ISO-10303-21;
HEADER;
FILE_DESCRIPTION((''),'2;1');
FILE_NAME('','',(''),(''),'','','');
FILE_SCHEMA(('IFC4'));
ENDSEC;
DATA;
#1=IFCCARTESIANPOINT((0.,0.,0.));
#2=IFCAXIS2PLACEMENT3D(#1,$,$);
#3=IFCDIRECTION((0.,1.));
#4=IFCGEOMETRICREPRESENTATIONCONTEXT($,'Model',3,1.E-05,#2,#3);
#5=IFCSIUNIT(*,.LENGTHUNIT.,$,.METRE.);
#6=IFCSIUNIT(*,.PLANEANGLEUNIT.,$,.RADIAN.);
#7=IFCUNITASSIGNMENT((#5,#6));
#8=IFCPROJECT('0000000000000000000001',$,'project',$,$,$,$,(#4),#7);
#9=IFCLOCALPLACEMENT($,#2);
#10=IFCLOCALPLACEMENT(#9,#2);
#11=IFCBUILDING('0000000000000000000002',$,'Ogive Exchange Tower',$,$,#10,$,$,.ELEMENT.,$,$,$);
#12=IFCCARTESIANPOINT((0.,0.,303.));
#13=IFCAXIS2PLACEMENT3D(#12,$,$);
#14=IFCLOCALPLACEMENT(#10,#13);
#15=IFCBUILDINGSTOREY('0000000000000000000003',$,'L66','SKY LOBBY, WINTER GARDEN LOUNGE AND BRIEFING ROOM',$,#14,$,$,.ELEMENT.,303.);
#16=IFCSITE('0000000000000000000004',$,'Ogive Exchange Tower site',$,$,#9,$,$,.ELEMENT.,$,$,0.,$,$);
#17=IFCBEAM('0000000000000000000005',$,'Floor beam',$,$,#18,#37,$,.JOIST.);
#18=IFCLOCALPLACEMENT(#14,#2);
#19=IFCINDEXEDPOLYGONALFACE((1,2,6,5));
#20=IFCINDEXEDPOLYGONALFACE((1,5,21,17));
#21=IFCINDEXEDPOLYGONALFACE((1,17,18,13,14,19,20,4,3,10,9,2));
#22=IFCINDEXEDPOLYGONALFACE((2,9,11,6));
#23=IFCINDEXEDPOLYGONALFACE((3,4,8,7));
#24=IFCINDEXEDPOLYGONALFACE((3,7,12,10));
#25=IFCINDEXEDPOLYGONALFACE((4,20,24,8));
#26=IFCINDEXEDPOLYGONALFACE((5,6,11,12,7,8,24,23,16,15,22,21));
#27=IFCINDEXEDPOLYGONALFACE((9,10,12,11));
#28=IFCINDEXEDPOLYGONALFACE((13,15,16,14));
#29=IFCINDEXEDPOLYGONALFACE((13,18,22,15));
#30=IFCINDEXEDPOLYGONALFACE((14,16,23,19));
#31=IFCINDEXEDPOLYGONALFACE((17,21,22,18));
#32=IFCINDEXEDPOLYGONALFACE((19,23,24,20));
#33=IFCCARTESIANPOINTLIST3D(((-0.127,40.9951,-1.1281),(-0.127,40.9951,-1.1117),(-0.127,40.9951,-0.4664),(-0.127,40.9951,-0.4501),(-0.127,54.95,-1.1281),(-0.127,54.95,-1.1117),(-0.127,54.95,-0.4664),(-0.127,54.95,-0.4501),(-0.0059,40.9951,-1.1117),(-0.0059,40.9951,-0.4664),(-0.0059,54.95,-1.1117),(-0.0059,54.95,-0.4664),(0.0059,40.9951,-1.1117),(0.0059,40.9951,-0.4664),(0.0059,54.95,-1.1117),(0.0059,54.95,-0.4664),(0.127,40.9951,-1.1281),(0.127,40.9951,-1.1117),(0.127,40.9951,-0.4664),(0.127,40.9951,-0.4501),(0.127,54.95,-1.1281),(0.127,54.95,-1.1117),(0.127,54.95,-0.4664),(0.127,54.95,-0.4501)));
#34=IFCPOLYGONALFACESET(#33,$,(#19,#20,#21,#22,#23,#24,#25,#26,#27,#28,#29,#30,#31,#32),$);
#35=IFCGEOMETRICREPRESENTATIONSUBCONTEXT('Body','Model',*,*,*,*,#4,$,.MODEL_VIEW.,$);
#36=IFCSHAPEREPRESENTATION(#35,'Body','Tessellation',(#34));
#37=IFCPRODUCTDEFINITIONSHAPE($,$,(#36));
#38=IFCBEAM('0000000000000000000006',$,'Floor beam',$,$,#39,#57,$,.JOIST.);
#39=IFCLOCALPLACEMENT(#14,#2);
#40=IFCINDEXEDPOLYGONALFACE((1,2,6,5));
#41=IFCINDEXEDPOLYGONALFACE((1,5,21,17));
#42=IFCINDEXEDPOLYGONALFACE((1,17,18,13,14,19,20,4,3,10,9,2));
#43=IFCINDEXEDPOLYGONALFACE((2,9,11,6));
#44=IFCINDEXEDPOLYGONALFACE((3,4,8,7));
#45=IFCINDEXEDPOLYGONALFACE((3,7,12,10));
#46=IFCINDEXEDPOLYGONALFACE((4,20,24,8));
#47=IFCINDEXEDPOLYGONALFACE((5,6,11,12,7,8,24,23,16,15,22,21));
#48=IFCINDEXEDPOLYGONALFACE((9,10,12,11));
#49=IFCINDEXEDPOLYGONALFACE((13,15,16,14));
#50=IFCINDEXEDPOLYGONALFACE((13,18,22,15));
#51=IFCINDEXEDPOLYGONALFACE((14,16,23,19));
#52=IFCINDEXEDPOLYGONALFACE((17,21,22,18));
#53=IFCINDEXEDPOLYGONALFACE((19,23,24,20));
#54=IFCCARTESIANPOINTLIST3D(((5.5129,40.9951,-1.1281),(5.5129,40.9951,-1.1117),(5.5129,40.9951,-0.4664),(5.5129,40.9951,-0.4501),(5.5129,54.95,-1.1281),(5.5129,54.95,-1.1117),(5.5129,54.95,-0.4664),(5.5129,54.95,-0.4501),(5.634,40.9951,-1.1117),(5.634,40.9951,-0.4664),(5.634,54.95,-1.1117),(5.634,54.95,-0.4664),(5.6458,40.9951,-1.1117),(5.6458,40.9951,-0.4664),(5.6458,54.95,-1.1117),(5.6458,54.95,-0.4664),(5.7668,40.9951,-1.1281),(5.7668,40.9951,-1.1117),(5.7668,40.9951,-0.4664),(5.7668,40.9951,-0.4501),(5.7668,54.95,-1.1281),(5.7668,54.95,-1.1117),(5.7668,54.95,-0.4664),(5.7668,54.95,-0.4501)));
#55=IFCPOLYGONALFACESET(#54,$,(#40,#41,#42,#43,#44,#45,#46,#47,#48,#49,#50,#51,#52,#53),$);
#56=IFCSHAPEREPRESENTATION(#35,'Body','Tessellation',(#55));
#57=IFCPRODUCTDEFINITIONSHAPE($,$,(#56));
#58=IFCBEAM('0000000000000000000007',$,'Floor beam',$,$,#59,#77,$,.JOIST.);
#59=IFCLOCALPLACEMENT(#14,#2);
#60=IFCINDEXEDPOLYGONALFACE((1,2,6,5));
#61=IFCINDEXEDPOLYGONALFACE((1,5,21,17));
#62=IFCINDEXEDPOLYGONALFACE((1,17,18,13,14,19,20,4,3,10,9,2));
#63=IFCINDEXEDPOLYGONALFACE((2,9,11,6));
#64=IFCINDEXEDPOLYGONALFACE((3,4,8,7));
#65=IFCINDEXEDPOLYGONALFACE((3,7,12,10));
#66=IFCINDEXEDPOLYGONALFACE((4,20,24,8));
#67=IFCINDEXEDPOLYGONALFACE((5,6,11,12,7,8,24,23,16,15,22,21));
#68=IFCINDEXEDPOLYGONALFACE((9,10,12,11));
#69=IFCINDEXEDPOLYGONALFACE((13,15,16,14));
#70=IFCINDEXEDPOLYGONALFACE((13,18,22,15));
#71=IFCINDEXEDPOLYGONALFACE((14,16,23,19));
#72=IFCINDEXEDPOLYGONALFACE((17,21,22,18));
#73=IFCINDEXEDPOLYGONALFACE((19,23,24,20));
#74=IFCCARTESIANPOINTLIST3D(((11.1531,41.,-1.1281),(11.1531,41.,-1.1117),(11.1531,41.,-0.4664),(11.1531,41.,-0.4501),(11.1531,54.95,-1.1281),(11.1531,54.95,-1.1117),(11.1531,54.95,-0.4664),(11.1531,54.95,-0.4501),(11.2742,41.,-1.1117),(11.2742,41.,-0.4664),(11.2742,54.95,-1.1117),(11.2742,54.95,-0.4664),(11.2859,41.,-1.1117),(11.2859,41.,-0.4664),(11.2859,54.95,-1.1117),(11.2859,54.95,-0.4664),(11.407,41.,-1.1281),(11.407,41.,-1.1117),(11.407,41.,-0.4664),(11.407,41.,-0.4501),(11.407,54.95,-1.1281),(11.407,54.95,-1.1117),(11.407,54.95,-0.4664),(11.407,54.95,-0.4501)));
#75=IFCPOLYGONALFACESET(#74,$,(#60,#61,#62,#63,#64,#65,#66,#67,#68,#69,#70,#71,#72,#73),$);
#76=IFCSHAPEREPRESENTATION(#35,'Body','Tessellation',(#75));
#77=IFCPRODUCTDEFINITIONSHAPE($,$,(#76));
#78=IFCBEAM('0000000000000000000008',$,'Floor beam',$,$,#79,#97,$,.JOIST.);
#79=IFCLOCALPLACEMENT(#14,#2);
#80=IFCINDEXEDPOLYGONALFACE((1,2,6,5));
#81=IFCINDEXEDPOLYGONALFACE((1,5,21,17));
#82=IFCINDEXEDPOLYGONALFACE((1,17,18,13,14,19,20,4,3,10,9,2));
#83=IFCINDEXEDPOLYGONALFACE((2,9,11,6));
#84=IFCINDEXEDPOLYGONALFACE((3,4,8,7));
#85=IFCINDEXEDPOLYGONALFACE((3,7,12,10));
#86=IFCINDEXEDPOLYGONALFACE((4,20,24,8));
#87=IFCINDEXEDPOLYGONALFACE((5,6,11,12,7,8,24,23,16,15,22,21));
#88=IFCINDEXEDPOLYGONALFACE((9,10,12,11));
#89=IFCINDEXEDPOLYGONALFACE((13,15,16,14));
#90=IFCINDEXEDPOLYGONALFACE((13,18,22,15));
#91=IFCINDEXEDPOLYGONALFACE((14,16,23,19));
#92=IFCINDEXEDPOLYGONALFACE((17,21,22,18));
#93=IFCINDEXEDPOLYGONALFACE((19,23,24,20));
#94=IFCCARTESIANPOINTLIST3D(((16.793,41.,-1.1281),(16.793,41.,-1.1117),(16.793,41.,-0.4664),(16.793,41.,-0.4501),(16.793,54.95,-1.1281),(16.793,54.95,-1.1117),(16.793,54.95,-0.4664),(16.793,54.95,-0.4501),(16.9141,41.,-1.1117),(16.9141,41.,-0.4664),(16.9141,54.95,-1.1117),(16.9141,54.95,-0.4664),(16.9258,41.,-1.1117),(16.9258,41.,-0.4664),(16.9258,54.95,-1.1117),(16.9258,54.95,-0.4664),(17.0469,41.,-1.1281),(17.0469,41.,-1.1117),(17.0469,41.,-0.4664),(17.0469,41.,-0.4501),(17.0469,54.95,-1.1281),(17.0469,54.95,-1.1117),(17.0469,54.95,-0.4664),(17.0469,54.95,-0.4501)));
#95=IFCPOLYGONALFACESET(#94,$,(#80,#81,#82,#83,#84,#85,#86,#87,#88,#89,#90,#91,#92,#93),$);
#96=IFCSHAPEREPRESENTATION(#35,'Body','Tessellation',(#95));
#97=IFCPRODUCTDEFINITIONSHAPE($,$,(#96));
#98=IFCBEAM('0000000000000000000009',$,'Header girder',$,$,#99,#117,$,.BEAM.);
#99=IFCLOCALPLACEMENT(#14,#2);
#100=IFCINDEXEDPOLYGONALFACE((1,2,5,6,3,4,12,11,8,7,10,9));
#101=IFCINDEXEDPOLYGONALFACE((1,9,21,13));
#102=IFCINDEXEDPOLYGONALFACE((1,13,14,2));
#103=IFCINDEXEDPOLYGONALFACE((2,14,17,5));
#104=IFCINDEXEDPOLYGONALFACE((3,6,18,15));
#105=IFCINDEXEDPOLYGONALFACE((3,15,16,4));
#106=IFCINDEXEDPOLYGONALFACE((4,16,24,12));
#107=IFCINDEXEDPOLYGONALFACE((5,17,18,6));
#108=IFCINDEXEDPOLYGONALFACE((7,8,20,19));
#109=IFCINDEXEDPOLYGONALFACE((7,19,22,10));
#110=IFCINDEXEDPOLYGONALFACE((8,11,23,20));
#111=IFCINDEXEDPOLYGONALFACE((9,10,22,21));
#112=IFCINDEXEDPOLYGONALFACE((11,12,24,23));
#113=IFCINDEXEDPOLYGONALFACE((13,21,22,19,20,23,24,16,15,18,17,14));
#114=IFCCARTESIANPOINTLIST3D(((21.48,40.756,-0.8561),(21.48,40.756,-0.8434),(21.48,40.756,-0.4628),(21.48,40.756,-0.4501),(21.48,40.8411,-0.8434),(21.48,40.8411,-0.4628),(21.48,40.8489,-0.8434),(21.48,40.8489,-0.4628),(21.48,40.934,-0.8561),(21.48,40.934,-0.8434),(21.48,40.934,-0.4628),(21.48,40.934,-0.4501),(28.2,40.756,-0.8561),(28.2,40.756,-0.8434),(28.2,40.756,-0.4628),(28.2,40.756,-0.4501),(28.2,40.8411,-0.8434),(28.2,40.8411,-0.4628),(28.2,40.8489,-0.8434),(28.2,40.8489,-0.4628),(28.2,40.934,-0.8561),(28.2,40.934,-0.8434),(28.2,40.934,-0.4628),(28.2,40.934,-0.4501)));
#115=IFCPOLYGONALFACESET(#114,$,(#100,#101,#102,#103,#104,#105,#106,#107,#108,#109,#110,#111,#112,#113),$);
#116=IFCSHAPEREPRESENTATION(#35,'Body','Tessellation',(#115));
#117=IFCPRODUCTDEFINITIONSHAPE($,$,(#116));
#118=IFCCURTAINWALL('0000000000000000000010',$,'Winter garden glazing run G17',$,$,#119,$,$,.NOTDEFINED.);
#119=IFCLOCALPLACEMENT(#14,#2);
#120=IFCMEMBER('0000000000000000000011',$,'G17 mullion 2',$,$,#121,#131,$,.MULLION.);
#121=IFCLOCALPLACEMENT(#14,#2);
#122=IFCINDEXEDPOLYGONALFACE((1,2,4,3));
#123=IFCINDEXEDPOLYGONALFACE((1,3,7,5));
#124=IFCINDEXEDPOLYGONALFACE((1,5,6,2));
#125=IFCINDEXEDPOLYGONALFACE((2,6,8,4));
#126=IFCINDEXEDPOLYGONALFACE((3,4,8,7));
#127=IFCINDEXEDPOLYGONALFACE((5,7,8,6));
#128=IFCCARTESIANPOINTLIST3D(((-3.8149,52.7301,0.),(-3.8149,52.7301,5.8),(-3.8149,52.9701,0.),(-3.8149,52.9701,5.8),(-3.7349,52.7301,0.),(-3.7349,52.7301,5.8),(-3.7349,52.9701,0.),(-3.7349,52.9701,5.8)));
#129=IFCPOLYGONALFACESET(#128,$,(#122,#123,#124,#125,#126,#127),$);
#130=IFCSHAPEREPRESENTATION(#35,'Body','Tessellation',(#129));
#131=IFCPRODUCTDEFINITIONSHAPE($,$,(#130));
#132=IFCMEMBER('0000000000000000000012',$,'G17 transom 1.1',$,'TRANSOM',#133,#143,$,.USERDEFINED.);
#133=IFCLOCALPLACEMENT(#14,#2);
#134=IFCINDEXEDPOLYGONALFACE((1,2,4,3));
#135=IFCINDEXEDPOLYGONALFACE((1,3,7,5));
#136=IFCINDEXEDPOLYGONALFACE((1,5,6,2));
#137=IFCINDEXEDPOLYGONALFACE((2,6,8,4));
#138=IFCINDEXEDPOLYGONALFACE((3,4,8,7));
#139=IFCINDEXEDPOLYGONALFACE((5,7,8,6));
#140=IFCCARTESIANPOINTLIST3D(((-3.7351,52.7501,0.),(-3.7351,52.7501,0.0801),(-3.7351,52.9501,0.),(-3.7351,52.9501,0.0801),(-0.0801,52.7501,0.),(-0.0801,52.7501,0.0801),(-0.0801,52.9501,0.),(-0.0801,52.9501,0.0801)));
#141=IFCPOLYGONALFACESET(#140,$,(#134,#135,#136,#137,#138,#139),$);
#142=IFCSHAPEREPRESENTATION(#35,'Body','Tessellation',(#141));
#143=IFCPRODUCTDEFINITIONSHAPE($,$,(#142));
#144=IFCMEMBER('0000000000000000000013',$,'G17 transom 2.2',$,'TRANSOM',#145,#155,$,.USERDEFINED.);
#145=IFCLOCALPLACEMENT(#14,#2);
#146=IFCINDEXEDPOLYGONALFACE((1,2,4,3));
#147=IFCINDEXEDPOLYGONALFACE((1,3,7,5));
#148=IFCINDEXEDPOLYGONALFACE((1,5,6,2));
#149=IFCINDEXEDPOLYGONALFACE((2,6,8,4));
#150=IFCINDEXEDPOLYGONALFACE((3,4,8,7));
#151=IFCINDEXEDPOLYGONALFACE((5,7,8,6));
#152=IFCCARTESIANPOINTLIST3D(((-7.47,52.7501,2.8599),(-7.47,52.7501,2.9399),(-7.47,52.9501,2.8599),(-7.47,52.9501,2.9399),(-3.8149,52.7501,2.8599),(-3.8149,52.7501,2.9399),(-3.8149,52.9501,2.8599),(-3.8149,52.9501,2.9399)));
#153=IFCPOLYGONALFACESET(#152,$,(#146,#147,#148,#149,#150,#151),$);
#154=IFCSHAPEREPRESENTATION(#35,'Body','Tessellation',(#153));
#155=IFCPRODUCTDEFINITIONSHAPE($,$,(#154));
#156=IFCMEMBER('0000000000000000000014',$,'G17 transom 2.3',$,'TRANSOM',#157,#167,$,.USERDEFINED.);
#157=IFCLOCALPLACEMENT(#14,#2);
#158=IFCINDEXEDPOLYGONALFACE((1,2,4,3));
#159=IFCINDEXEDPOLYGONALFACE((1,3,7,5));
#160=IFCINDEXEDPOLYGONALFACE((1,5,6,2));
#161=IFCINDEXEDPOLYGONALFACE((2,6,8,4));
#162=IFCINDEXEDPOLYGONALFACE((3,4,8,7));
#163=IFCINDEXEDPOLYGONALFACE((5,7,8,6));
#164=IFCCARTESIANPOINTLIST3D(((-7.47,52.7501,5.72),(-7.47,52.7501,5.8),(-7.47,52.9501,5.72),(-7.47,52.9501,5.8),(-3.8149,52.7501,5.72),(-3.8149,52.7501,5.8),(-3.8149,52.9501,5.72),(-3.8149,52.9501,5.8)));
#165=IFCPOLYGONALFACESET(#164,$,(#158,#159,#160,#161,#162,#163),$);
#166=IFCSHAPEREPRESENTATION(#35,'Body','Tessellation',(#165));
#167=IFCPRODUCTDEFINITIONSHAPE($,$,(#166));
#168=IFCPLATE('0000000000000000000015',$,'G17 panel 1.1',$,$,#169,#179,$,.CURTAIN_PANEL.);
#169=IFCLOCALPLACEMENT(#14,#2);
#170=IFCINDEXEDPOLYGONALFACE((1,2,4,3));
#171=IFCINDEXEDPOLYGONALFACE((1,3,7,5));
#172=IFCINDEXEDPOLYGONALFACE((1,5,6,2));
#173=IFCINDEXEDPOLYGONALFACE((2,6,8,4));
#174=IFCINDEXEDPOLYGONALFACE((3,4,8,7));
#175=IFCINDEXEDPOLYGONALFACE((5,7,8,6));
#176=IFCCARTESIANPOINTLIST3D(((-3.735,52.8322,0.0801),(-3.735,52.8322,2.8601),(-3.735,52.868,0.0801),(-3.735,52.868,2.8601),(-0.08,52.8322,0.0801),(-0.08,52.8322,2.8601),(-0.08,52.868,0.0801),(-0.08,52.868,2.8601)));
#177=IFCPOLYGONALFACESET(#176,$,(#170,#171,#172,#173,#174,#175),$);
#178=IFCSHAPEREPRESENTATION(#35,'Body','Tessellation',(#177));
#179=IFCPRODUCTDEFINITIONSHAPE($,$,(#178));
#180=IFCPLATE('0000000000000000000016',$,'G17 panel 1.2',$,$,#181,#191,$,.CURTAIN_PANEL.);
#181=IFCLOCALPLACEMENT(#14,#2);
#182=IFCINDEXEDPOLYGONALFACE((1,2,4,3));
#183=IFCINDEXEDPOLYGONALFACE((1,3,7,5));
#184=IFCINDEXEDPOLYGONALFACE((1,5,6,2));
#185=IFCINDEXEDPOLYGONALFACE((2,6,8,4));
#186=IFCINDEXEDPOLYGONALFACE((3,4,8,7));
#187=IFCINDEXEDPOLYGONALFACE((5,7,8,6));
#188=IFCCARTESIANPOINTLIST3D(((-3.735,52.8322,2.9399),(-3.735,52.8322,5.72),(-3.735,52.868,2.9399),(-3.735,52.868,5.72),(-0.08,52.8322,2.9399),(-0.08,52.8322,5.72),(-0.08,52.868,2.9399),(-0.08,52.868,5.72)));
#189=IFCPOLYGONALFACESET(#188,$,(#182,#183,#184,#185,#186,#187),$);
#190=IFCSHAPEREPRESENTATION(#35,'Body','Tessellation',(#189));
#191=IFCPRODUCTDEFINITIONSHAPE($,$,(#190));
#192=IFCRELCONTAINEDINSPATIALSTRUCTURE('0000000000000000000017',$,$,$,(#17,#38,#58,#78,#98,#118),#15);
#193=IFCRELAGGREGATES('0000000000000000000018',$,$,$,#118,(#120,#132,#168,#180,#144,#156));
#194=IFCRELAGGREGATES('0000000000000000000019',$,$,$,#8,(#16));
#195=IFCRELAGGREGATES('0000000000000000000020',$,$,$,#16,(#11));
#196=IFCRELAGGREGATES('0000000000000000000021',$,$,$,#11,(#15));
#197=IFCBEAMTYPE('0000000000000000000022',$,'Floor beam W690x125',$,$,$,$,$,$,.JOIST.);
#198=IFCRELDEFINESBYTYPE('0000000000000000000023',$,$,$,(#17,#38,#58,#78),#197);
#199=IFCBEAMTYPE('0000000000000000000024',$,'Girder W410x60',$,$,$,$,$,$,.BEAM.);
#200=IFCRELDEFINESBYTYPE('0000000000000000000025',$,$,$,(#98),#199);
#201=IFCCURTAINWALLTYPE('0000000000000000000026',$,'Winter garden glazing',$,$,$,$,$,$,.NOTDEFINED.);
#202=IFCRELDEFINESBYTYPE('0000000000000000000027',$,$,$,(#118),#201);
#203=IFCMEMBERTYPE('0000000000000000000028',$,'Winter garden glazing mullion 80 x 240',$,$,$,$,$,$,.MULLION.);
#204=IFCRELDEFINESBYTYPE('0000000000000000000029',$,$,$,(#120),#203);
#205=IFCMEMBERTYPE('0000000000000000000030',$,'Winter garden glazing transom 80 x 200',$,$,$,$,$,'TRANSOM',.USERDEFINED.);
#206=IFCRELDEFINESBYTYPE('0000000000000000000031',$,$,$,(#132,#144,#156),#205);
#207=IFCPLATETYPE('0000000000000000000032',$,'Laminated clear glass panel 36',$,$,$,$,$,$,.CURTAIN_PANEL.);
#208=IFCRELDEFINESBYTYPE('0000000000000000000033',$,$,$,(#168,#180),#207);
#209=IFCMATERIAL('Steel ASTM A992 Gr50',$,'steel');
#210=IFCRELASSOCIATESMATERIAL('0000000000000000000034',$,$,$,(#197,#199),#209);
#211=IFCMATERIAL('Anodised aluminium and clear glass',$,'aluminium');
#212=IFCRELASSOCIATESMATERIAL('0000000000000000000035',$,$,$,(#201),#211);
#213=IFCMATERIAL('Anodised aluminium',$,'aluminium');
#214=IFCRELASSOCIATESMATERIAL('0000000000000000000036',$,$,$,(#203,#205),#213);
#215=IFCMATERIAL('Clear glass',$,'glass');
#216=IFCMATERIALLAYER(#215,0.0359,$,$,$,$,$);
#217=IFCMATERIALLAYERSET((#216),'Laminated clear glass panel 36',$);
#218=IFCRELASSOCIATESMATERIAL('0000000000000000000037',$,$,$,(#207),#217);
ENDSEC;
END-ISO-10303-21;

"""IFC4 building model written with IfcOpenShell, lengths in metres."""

from ifc_helpers import new_model, si_unit, direction, frame, origin, origin_2d, place, context, subcontext, project, spatial, rectangle, i_section, extrude, material, layer, layer_set, material_profile, profile_set, type_object, element, aggregate, save


model = new_model("IFC4")

# Units and contexts
model_context = context("Model", 3, precision=1e-05, world=origin(), true_north=direction((0.0, 1.0)))
body_context = subcontext(model_context, "Body", "Model", "MODEL_VIEW")
ifc_project = project(units=[si_unit("LENGTHUNIT", "METRE"), si_unit("PLANEANGLEUNIT", "RADIAN")], contexts=[model_context])

# Site, building, storey
site_placement = place(None, origin())
site = spatial("IfcSite", under=ifc_project, at=site_placement, Name="Ogive Exchange Tower site", CompositionType="ELEMENT", RefElevation=0.0)
building_placement = place(site_placement, origin())
building = spatial("IfcBuilding", under=site, at=building_placement, Name="Ogive Exchange Tower", CompositionType="ELEMENT")
storey_placement = place(building_placement, frame((0.0, 0.0, 303.0)))
storey = spatial("IfcBuildingStorey", under=building, at=storey_placement, Name="L66", Description="SKY LOBBY, WINTER GARDEN LOUNGE AND BRIEFING ROOM", CompositionType="ELEMENT", Elevation=303.0)

# Beams
ifc_material_1 = material(Name="Steel ASTM A992 Gr50", Category="steel")
ifc_material_profile_1 = material_profile(ifc_material_1, i_section(OverallWidth=0.2539, OverallDepth=0.678, WebThickness=0.0117, FlangeThickness=0.0164, at=origin_2d()), Name="W690x125")
ifc_profile_set_1 = profile_set([ifc_material_profile_1], Name="Steel ASTM A992 Gr50")
beam_type_1 = type_object("IfcBeamType", Name="Floor beam W690x125", PredefinedType="JOIST", material=ifc_profile_set_1)
for number, where, z_axis, x_axis, name in (
    (1, (0.0, 40.9951, -0.7891), (0.0, 1.0, 0.0), (-1.0, 0.0, 0.0), "Floor beam"),
    (2, (5.6399, 40.9951, -0.7891), (0.0, 1.0, 0.0), (-1.0, 0.0, 0.0), "Floor beam"),
):
    element("IfcBeam", number, at=place(storey_placement, frame(where, z_axis=z_axis, x_axis=x_axis)), inside=storey, type_object=beam_type_1, Name=name, PredefinedType="JOIST", context=body_context, shape_type="SweptSolid", body=[
        extrude(i_section(OverallWidth=0.2539, OverallDepth=0.678, WebThickness=0.0117, FlangeThickness=0.0164, at=origin_2d()), origin(), (0.0, 0.0, 1.0), 13.9548),
    ])
for number, where, z_axis, x_axis, name in (
    (3, (11.28, 41.0, -0.7891), (0.0, 1.0, 0.0), (-1.0, 0.0, 0.0), "Floor beam"),
    (4, (16.9199, 41.0, -0.7891), (0.0, 1.0, 0.0), (-1.0, 0.0, 0.0), "Floor beam"),
):
    element("IfcBeam", number, at=place(storey_placement, frame(where, z_axis=z_axis, x_axis=x_axis)), inside=storey, type_object=beam_type_1, Name=name, PredefinedType="JOIST", context=body_context, shape_type="SweptSolid", body=[
        extrude(i_section(OverallWidth=0.2539, OverallDepth=0.678, WebThickness=0.0117, FlangeThickness=0.0164, at=origin_2d()), origin(), (0.0, 0.0, 1.0), 13.95),
    ])
ifc_material_profile_2 = material_profile(ifc_material_1, i_section(OverallWidth=0.178, OverallDepth=0.406, WebThickness=0.0078, FlangeThickness=0.0127, at=origin_2d()), Name="W410x60")
ifc_profile_set_2 = profile_set([ifc_material_profile_2], Name="Steel ASTM A992 Gr50")
beam_type_2 = type_object("IfcBeamType", Name="Girder W410x60", PredefinedType="BEAM", material=ifc_profile_set_2)
beam_placement = place(storey_placement, frame((21.48, 40.845, -0.6531), z_axis=(1.0, 0.0, 0.0), x_axis=(0.0, 1.0, 0.0)))
element("IfcBeam", 5, at=beam_placement, inside=storey, type_object=beam_type_2, Name="Header girder", PredefinedType="BEAM", context=body_context, shape_type="SweptSolid", body=[
    extrude(i_section(OverallWidth=0.178, OverallDepth=0.406, WebThickness=0.0078, FlangeThickness=0.0127, at=origin_2d()), origin(), (0.0, 0.0, 1.0), 6.72),
])

# Curtain wall, members, plates
ifc_material_2 = material(Name="Anodised aluminium and clear glass", Category="aluminium")
curtain_wall_type = type_object("IfcCurtainWallType", Name="Winter garden glazing", PredefinedType="NOTDEFINED", material=ifc_material_2)
curtain_wall_placement = place(storey_placement, origin())
curtain_wall = element("IfcCurtainWall", 6, at=curtain_wall_placement, inside=storey, type_object=curtain_wall_type, Name="Winter garden glazing run G17", PredefinedType="NOTDEFINED")
ifc_material_3 = material(Name="Anodised aluminium", Category="aluminium")
ifc_material_profile_3 = material_profile(ifc_material_3, rectangle(XDim=0.24, YDim=0.0801, at=origin_2d()), Name="AL 80x240")
ifc_profile_set_3 = profile_set([ifc_material_profile_3], Name="Anodised aluminium")
member_type_1 = type_object("IfcMemberType", Name="Winter garden glazing mullion 80 x 240", PredefinedType="MULLION", material=ifc_profile_set_3)
member_1_placement = place(storey_placement, frame((-3.7749, 52.8501, 0.0), z_axis=(0.0, 0.0, 1.0), x_axis=(0.0, -1.0, 0.0)))
member_1 = element("IfcMember", 7, at=member_1_placement, type_object=member_type_1, Name="G17 mullion 2", PredefinedType="MULLION", context=body_context, shape_type="SweptSolid", body=[
    extrude(rectangle(XDim=0.24, YDim=0.0801, at=origin_2d()), origin(), (0.0, 0.0, 1.0), 5.8),
])
ifc_material_profile_4 = material_profile(ifc_material_3, rectangle(XDim=0.2, YDim=0.0801, at=origin_2d()), Name="AL 80x200")
ifc_profile_set_4 = profile_set([ifc_material_profile_4], Name="Anodised aluminium")
member_type_2 = type_object("IfcMemberType", Name="Winter garden glazing transom 80 x 200", ElementType="TRANSOM", PredefinedType="USERDEFINED", material=ifc_profile_set_4)
member_2_placement = place(storey_placement, frame((-0.0801, 52.8501, 0.04), z_axis=(-1.0, 0.0, 0.0), x_axis=(0.0, -1.0, 0.0)))
member_2 = element("IfcMember", 8, at=member_2_placement, type_object=member_type_2, Name="G17 transom 1.1", ObjectType="TRANSOM", PredefinedType="USERDEFINED", context=body_context, shape_type="SweptSolid", body=[
    extrude(rectangle(XDim=0.2, YDim=0.0801, at=origin_2d()), origin(), (0.0, 0.0, 1.0), 3.655),
])
member_3_placement = place(storey_placement, frame((-3.8149, 52.8501, 2.8999), z_axis=(-1.0, 0.0, 0.0), x_axis=(0.0, -1.0, 0.0)))
member_3 = element("IfcMember", 9, at=member_3_placement, type_object=member_type_2, Name="G17 transom 2.2", ObjectType="TRANSOM", PredefinedType="USERDEFINED", context=body_context, shape_type="SweptSolid", body=[
    extrude(rectangle(XDim=0.2, YDim=0.0801, at=origin_2d()), origin(), (0.0, 0.0, 1.0), 3.655),
])
member_4_placement = place(storey_placement, frame((-3.8149, 52.8501, 5.76), z_axis=(-1.0, 0.0, 0.0), x_axis=(0.0, -1.0, 0.0)))
member_4 = element("IfcMember", 10, at=member_4_placement, type_object=member_type_2, Name="G17 transom 2.3", ObjectType="TRANSOM", PredefinedType="USERDEFINED", context=body_context, shape_type="SweptSolid", body=[
    extrude(rectangle(XDim=0.2, YDim=0.0801, at=origin_2d()), origin(), (0.0, 0.0, 1.0), 3.655),
])
ifc_material_4 = material(Name="Clear glass", Category="glass")
ifc_layer_1 = layer(ifc_material_4, 0.0359)
ifc_layer_set_1 = layer_set([ifc_layer_1], Name="Laminated clear glass panel 36")
plate_type = type_object("IfcPlateType", Name="Laminated clear glass panel 36", PredefinedType="CURTAIN_PANEL", material=ifc_layer_set_1)
plate_1_placement = place(storey_placement, frame((-1.9075, 52.8501, 0.0801), z_axis=(0.0, 0.0, 1.0), x_axis=(-1.0, 0.0, 0.0)))
plate_1 = element("IfcPlate", 11, at=plate_1_placement, type_object=plate_type, Name="G17 panel 1.1", PredefinedType="CURTAIN_PANEL", context=body_context, shape_type="SweptSolid", body=[
    extrude(rectangle(XDim=3.655, YDim=0.0359, at=origin_2d()), origin(), (0.0, 0.0, 1.0), 2.78),
])
plate_2_placement = place(storey_placement, frame((-1.9075, 52.8501, 2.9399), z_axis=(0.0, 0.0, 1.0), x_axis=(-1.0, 0.0, 0.0)))
plate_2 = element("IfcPlate", 12, at=plate_2_placement, type_object=plate_type, Name="G17 panel 1.2", PredefinedType="CURTAIN_PANEL", context=body_context, shape_type="SweptSolid", body=[
    extrude(rectangle(XDim=3.655, YDim=0.0359, at=origin_2d()), origin(), (0.0, 0.0, 1.0), 2.78),
])
aggregate(curtain_wall, [member_1, member_2, plate_1, plate_2, member_3, member_4])

save(model, "model.ifc")
